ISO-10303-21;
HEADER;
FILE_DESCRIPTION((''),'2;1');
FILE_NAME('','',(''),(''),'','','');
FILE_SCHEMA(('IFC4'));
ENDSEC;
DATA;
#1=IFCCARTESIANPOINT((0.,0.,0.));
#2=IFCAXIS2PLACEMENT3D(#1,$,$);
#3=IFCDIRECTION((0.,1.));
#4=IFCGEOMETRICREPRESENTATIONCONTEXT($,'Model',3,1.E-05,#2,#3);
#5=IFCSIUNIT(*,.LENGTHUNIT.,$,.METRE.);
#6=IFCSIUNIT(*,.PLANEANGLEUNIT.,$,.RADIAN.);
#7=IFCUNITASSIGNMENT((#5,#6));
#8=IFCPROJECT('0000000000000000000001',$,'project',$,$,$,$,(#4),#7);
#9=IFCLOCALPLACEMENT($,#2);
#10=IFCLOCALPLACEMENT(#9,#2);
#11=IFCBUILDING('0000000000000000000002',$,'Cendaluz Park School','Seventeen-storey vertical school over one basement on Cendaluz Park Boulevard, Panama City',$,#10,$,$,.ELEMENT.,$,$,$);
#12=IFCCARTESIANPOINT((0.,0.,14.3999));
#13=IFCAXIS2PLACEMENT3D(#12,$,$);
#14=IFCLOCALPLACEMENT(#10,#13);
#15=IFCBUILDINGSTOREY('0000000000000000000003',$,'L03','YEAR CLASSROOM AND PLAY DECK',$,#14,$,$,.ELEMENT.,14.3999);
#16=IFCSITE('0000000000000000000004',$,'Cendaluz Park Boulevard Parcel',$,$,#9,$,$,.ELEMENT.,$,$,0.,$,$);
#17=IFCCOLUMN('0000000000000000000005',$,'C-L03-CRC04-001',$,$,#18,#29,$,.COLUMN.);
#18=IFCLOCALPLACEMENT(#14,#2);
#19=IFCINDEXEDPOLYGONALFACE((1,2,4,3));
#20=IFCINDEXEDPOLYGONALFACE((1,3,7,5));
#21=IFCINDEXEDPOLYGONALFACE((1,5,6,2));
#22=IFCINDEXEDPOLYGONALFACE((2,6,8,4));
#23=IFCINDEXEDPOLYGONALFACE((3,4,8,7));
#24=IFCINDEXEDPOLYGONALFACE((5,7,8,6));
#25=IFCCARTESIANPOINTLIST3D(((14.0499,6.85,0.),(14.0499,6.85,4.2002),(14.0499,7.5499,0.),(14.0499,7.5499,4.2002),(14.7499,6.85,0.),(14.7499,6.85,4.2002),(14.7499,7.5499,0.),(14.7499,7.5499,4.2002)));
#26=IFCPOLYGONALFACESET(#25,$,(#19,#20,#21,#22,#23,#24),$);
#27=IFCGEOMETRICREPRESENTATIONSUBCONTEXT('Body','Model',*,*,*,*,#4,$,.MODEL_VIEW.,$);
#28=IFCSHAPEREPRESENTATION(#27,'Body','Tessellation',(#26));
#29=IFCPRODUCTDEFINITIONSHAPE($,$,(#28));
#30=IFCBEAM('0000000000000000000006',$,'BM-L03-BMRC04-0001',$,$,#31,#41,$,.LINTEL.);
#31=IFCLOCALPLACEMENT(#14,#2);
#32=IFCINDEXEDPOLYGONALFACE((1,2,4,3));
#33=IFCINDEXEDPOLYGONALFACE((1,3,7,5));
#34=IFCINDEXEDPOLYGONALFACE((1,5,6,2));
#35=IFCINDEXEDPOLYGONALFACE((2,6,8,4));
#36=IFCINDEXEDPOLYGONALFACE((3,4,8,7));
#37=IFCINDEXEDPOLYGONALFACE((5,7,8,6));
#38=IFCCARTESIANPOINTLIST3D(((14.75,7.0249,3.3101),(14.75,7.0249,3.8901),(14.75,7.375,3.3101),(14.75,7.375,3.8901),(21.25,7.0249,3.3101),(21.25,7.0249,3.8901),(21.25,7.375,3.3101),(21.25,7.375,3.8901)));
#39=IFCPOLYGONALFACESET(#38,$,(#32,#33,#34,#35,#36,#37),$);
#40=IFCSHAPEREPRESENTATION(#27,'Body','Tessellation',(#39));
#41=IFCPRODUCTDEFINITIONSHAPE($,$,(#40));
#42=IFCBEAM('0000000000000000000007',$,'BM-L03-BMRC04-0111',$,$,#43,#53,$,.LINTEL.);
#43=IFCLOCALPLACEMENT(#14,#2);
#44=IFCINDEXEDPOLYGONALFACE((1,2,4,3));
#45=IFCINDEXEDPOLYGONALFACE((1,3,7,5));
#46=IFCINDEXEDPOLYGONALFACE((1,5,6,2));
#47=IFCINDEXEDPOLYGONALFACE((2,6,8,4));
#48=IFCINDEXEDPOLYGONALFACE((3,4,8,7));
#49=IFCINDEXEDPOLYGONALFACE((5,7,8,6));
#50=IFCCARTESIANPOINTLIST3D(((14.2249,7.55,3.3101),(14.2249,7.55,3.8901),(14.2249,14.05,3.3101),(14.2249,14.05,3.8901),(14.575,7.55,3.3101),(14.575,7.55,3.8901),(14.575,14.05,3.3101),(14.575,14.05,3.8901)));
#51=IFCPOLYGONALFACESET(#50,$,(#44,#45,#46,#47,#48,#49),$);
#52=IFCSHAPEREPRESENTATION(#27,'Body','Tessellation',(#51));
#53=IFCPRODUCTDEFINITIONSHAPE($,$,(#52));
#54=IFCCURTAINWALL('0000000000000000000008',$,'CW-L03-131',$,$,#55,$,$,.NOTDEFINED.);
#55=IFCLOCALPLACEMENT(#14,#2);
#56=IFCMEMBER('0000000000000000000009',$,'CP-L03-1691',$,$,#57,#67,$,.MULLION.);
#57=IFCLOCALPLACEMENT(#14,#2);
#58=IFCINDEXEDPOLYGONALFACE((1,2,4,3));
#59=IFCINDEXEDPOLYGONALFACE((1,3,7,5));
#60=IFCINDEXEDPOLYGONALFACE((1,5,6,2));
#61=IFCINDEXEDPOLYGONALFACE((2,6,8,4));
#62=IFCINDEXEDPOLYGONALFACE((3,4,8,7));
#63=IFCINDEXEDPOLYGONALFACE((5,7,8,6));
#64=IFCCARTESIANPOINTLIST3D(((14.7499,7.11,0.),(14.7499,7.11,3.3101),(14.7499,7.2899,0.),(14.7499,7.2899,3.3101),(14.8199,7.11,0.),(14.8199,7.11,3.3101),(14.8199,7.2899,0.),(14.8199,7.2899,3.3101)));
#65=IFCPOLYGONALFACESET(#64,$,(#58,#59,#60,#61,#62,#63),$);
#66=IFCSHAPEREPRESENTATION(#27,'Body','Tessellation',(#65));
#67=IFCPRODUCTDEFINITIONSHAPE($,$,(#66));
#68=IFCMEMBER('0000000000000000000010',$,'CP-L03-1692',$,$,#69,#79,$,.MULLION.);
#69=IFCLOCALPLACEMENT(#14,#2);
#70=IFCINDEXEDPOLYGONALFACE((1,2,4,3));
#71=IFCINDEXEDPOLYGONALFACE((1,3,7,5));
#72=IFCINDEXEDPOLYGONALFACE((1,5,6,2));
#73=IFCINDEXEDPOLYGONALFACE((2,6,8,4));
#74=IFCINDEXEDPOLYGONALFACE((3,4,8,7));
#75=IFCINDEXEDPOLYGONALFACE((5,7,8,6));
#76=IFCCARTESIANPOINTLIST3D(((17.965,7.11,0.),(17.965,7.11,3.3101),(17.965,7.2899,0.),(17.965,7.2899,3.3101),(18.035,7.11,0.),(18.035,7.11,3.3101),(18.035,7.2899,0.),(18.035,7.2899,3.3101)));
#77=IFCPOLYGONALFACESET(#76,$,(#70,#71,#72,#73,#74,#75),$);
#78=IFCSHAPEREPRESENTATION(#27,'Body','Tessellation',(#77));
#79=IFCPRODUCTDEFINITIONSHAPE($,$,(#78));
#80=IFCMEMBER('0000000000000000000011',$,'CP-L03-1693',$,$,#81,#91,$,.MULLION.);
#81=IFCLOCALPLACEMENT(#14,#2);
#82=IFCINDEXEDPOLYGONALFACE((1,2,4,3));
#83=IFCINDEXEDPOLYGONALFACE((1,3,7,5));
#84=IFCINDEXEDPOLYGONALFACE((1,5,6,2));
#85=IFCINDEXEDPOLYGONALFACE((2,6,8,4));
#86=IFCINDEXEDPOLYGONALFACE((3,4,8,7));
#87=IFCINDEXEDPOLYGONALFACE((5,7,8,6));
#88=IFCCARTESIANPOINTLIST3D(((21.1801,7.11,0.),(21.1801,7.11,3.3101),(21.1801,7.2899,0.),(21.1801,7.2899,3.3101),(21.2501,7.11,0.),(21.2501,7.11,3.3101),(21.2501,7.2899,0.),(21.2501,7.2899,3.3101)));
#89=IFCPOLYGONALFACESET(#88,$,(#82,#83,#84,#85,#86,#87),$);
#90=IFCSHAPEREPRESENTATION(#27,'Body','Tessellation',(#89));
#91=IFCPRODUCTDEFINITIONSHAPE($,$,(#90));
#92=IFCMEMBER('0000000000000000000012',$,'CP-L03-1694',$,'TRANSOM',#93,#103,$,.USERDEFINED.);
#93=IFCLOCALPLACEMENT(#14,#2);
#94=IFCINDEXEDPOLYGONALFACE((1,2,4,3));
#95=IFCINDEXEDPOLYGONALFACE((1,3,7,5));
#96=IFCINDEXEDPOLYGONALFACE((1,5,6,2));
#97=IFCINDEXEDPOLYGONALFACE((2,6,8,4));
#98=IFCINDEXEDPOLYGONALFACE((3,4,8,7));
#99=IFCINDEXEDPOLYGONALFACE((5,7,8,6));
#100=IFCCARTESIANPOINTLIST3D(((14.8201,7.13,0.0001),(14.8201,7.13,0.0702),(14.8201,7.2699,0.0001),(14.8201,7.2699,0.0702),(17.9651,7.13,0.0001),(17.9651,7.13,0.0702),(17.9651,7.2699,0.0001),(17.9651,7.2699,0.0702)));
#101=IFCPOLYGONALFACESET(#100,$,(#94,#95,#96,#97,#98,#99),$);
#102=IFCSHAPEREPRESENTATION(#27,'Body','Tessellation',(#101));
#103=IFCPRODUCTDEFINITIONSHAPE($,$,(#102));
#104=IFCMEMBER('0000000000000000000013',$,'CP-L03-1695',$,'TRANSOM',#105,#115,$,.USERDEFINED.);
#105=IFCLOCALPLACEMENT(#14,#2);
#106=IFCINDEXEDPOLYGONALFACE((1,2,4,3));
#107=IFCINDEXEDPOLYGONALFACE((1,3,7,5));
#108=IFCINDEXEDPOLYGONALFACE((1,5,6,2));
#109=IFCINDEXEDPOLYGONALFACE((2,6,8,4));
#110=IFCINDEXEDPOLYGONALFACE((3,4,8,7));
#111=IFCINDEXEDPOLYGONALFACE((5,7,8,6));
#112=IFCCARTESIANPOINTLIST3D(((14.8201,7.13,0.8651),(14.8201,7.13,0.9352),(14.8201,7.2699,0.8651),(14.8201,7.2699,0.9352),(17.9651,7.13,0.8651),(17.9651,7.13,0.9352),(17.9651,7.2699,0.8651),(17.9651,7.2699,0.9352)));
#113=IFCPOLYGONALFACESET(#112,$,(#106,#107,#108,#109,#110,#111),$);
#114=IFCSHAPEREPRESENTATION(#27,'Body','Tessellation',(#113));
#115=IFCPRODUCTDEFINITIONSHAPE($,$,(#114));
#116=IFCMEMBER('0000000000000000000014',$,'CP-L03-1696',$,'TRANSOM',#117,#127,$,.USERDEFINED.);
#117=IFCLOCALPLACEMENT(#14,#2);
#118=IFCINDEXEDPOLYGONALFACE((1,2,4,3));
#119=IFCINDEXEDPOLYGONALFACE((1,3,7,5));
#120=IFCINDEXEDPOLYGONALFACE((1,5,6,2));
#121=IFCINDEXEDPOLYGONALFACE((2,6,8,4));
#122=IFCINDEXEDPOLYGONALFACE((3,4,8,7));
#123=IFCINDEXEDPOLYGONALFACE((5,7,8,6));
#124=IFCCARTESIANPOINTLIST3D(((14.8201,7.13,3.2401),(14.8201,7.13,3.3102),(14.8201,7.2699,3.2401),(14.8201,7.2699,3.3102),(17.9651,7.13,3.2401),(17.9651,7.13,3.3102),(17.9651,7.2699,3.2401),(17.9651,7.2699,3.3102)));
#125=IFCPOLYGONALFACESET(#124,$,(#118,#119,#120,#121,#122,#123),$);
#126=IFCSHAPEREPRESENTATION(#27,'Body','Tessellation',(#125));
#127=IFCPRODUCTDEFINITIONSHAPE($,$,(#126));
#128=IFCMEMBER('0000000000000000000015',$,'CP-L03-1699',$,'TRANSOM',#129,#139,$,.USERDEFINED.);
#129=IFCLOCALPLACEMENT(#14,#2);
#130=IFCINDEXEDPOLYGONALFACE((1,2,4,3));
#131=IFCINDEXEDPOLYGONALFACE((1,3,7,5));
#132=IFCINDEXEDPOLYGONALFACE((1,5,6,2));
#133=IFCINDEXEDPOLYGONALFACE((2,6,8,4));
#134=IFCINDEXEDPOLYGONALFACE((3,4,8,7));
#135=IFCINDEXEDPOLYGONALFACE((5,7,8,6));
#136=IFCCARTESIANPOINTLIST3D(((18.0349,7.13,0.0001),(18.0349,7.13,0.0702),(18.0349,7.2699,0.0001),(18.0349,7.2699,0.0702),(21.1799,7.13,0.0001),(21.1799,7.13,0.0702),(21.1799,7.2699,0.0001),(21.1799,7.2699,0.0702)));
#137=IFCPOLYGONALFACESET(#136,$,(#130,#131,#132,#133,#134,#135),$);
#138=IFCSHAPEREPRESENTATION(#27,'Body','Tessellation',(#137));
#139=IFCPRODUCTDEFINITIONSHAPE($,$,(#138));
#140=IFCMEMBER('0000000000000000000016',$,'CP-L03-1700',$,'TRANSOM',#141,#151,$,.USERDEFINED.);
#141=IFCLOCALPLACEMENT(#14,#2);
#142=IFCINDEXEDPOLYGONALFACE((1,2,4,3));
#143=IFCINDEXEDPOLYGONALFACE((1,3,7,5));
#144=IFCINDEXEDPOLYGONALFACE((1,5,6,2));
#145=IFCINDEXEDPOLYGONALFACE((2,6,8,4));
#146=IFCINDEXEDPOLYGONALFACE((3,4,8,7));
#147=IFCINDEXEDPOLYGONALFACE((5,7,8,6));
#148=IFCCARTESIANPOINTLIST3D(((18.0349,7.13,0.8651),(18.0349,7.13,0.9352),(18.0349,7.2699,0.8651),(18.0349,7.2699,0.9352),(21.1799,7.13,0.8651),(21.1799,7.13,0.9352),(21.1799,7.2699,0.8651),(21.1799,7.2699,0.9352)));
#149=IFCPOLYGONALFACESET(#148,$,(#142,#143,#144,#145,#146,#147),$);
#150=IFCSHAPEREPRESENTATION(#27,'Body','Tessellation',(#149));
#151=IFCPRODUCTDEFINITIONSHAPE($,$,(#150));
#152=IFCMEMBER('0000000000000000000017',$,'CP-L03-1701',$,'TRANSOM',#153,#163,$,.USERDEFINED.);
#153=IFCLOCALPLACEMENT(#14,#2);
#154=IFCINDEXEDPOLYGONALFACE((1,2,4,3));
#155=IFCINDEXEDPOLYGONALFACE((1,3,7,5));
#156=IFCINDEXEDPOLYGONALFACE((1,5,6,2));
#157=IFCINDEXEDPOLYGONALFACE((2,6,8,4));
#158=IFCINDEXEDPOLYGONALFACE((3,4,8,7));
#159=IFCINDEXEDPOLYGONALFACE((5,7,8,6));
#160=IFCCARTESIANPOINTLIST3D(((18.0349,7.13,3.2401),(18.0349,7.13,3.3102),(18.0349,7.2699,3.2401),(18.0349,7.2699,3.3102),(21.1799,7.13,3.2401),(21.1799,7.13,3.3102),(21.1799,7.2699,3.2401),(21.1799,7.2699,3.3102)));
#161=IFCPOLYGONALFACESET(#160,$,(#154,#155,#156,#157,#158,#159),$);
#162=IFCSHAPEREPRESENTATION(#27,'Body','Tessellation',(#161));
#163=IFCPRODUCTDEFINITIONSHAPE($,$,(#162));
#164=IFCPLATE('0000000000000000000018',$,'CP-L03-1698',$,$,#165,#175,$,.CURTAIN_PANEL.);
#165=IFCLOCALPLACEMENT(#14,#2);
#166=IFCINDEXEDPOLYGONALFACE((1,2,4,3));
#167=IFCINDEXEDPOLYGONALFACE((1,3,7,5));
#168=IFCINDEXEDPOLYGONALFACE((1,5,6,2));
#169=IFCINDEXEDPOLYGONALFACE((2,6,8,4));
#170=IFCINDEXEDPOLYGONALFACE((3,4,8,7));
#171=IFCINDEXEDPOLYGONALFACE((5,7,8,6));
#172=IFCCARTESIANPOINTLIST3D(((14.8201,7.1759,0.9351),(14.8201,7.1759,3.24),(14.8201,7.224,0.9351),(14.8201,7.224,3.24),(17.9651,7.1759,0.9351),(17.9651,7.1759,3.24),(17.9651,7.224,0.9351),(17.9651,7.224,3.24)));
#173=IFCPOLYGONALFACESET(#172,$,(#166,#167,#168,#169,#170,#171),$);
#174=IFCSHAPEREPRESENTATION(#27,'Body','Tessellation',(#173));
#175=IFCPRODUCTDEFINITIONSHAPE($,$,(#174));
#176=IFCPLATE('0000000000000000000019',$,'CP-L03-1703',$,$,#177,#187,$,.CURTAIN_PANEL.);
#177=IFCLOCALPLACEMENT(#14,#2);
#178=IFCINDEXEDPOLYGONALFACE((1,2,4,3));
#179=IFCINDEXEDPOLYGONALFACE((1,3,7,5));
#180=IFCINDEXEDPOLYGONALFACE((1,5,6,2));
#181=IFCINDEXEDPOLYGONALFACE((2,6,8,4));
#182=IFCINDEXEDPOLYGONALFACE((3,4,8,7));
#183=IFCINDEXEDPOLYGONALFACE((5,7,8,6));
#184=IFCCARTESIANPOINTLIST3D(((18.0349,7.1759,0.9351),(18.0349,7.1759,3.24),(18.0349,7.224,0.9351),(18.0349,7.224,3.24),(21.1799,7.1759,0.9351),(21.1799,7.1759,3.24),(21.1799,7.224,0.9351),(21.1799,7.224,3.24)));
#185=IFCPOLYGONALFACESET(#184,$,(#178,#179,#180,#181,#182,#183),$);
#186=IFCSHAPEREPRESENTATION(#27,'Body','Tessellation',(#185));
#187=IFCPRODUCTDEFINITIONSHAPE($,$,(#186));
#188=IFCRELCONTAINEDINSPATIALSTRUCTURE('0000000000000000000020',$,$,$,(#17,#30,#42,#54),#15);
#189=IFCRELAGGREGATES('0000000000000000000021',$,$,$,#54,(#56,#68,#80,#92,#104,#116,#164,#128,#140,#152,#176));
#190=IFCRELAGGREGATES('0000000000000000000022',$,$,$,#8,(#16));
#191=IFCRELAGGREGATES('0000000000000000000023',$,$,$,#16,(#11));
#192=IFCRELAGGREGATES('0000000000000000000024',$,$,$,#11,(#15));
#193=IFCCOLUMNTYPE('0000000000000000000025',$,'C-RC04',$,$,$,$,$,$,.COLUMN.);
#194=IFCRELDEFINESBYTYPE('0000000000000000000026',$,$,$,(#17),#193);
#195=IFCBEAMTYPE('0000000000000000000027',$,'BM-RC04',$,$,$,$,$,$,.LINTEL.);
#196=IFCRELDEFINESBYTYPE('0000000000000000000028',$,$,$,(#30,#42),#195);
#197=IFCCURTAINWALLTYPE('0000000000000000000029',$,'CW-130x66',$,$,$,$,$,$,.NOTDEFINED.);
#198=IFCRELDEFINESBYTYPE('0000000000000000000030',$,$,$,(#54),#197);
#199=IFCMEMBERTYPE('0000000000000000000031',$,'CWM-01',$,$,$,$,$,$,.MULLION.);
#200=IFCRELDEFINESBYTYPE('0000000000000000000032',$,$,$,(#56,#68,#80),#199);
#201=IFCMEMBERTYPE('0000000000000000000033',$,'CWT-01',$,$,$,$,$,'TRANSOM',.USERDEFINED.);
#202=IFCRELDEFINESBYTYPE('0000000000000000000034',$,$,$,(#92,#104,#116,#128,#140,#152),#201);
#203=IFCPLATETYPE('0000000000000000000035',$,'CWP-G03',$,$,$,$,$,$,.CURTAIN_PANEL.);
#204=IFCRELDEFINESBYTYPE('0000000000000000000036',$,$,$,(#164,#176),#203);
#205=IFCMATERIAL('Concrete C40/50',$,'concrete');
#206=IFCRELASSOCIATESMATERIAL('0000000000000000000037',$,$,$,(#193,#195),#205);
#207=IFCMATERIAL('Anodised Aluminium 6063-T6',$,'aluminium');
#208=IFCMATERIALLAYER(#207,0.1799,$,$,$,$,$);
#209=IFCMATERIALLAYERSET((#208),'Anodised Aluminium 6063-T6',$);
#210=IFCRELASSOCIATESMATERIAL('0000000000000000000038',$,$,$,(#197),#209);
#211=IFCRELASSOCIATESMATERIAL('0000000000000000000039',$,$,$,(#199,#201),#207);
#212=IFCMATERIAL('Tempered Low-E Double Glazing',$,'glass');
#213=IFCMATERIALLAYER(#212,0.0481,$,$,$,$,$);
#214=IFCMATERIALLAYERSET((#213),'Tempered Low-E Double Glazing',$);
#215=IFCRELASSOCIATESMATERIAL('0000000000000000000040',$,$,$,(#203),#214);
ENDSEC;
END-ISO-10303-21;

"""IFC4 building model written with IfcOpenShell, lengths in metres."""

from ifc_helpers import new_model, si_unit, direction, frame, origin, origin_2d, place, context, subcontext, project, spatial, rectangle, extrude, material, layer, layer_set, material_profile, profile_set, type_object, element, aggregate, save


model = new_model("IFC4")

# Units and contexts
model_context = context("Model", 3, precision=1e-05, world=origin(), true_north=direction((0.0, 1.0)))
body_context = subcontext(model_context, "Body", "Model", "MODEL_VIEW")
ifc_project = project(units=[si_unit("LENGTHUNIT", "METRE"), si_unit("PLANEANGLEUNIT", "RADIAN")], contexts=[model_context])

# Site, building, storey
site_placement = place(None, origin())
site = spatial("IfcSite", under=ifc_project, at=site_placement, Name="Cendaluz Park Boulevard Parcel", CompositionType="ELEMENT", RefElevation=0.0)
building_placement = place(site_placement, origin())
building = spatial("IfcBuilding", under=site, at=building_placement, Name="Cendaluz Park School", Description="Seventeen-storey vertical school over one basement on Cendaluz Park Boulevard, Panama City", CompositionType="ELEMENT")
storey_placement = place(building_placement, frame((0.0, 0.0, 14.3999)))
storey = spatial("IfcBuildingStorey", under=building, at=storey_placement, Name="L03", Description="YEAR CLASSROOM AND PLAY DECK", CompositionType="ELEMENT", Elevation=14.3999)

# Column
ifc_material_1 = material(Name="Concrete C40/50", Category="concrete")
ifc_material_profile_1 = material_profile(ifc_material_1, rectangle(XDim=0.7, YDim=0.7, at=origin_2d()), Name="RC 700x700", Category="concrete")
ifc_profile_set_1 = profile_set([ifc_material_profile_1], Name="Concrete C40/50")
column_type = type_object("IfcColumnType", Name="C-RC04", PredefinedType="COLUMN", material=ifc_profile_set_1)
column_placement = place(storey_placement, frame((14.3999, 7.2, 0.0), z_axis=(0.0, 0.0, 1.0), x_axis=(1.0, 0.0, 0.0)))
element("IfcColumn", 1, at=column_placement, inside=storey, type_object=column_type, Name="C-L03-CRC04-001", PredefinedType="COLUMN", context=body_context, shape_type="SweptSolid", body=[
    extrude(rectangle(XDim=0.7, YDim=0.7, at=origin_2d()), origin(), (0.0, 0.0, 1.0), 4.2002),
])

# Beams
ifc_material_profile_2 = material_profile(ifc_material_1, rectangle(XDim=0.3501, YDim=0.5801, at=origin_2d()), Name="RC 350x580", Category="concrete")
ifc_profile_set_2 = profile_set([ifc_material_profile_2], Name="Concrete C40/50")
beam_type = type_object("IfcBeamType", Name="BM-RC04", PredefinedType="LINTEL", material=ifc_profile_set_2)
for number, where, z_axis, x_axis, name in (
    (2, (14.75, 7.2, 3.6001), (1.0, 0.0, 0.0), (0.0, 1.0, 0.0), "BM-L03-BMRC04-0001"),
    (3, (14.3999, 7.55, 3.6001), (0.0, 1.0, 0.0), (-1.0, 0.0, 0.0), "BM-L03-BMRC04-0111"),
):
    element("IfcBeam", number, at=place(storey_placement, frame(where, z_axis=z_axis, x_axis=x_axis)), inside=storey, type_object=beam_type, Name=name, PredefinedType="LINTEL", context=body_context, shape_type="SweptSolid", body=[
        extrude(rectangle(XDim=0.3501, YDim=0.5801, at=origin_2d()), origin(), (0.0, 0.0, 1.0), 6.5),
    ])

# Curtain wall, members, plates
ifc_material_2 = material(Name="Anodised Aluminium 6063-T6", Category="aluminium")
ifc_layer_1 = layer(ifc_material_2, 0.1799)
ifc_layer_set_1 = layer_set([ifc_layer_1], Name="Anodised Aluminium 6063-T6")
curtain_wall_type = type_object("IfcCurtainWallType", Name="CW-130x66", PredefinedType="NOTDEFINED", material=ifc_layer_set_1)
curtain_wall_placement = place(storey_placement, origin())
curtain_wall = element("IfcCurtainWall", 4, at=curtain_wall_placement, inside=storey, type_object=curtain_wall_type, Name="CW-L03-131", PredefinedType="NOTDEFINED")
ifc_material_profile_3 = material_profile(ifc_material_2, rectangle(XDim=0.1799, YDim=0.0701, at=origin_2d()), Name="CWM 180x70", Category="aluminium")
ifc_profile_set_3 = profile_set([ifc_material_profile_3], Name="Anodised Aluminium 6063-T6")
member_type_1 = type_object("IfcMemberType", Name="CWM-01", PredefinedType="MULLION", material=ifc_profile_set_3)
member_1_placement = place(storey_placement, frame((14.7849, 7.2, 0.0), z_axis=(0.0, 0.0, 1.0), x_axis=(0.0, 1.0, 0.0)))
member_1 = element("IfcMember", 5, at=member_1_placement, type_object=member_type_1, Name="CP-L03-1691", PredefinedType="MULLION", context=body_context, shape_type="SweptSolid", body=[
    extrude(rectangle(XDim=0.1799, YDim=0.0701, at=origin_2d()), origin(), (0.0, 0.0, 1.0), 3.3101),
])
member_2_placement = place(storey_placement, frame((18.0, 7.2, 0.0), z_axis=(0.0, 0.0, 1.0), x_axis=(0.0, 1.0, 0.0)))
member_2 = element("IfcMember", 6, at=member_2_placement, type_object=member_type_1, Name="CP-L03-1692", PredefinedType="MULLION", context=body_context, shape_type="SweptSolid", body=[
    extrude(rectangle(XDim=0.1799, YDim=0.0701, at=origin_2d()), origin(), (0.0, 0.0, 1.0), 3.3101),
])
member_3_placement = place(storey_placement, frame((21.2151, 7.2, 0.0), z_axis=(0.0, 0.0, 1.0), x_axis=(0.0, 1.0, 0.0)))
member_3 = element("IfcMember", 7, at=member_3_placement, type_object=member_type_1, Name="CP-L03-1693", PredefinedType="MULLION", context=body_context, shape_type="SweptSolid", body=[
    extrude(rectangle(XDim=0.1799, YDim=0.0701, at=origin_2d()), origin(), (0.0, 0.0, 1.0), 3.3101),
])
ifc_material_profile_4 = material_profile(ifc_material_2, rectangle(XDim=0.1399, YDim=0.0701, at=origin_2d()), Name="CWT 140x70", Category="aluminium")
ifc_profile_set_4 = profile_set([ifc_material_profile_4], Name="Anodised Aluminium 6063-T6")
member_type_2 = type_object("IfcMemberType", Name="CWT-01", ElementType="TRANSOM", PredefinedType="USERDEFINED", material=ifc_profile_set_4)
member_4_placement = place(storey_placement, frame((14.8201, 7.2, 0.0352), z_axis=(1.0, 0.0, 0.0), x_axis=(0.0, 1.0, 0.0)))
member_4 = element("IfcMember", 8, at=member_4_placement, type_object=member_type_2, Name="CP-L03-1694", ObjectType="TRANSOM", PredefinedType="USERDEFINED", context=body_context, shape_type="SweptSolid", body=[
    extrude(rectangle(XDim=0.1399, YDim=0.0701, at=origin_2d()), origin(), (0.0, 0.0, 1.0), 3.145),
])
member_5_placement = place(storey_placement, frame((14.8201, 7.2, 0.9001), z_axis=(1.0, 0.0, 0.0), x_axis=(0.0, 1.0, 0.0)))
member_5 = element("IfcMember", 9, at=member_5_placement, type_object=member_type_2, Name="CP-L03-1695", ObjectType="TRANSOM", PredefinedType="USERDEFINED", context=body_context, shape_type="SweptSolid", body=[
    extrude(rectangle(XDim=0.1399, YDim=0.0701, at=origin_2d()), origin(), (0.0, 0.0, 1.0), 3.145),
])
member_6_placement = place(storey_placement, frame((14.8201, 7.2, 3.2751), z_axis=(1.0, 0.0, 0.0), x_axis=(0.0, 1.0, 0.0)))
member_6 = element("IfcMember", 10, at=member_6_placement, type_object=member_type_2, Name="CP-L03-1696", ObjectType="TRANSOM", PredefinedType="USERDEFINED", context=body_context, shape_type="SweptSolid", body=[
    extrude(rectangle(XDim=0.1399, YDim=0.0701, at=origin_2d()), origin(), (0.0, 0.0, 1.0), 3.145),
])
member_7_placement = place(storey_placement, frame((18.0349, 7.2, 0.0352), z_axis=(1.0, 0.0, 0.0), x_axis=(0.0, 1.0, 0.0)))
member_7 = element("IfcMember", 11, at=member_7_placement, type_object=member_type_2, Name="CP-L03-1699", ObjectType="TRANSOM", PredefinedType="USERDEFINED", context=body_context, shape_type="SweptSolid", body=[
    extrude(rectangle(XDim=0.1399, YDim=0.0701, at=origin_2d()), origin(), (0.0, 0.0, 1.0), 3.145),
])
member_8_placement = place(storey_placement, frame((18.0349, 7.2, 0.9001), z_axis=(1.0, 0.0, 0.0), x_axis=(0.0, 1.0, 0.0)))
member_8 = element("IfcMember", 12, at=member_8_placement, type_object=member_type_2, Name="CP-L03-1700", ObjectType="TRANSOM", PredefinedType="USERDEFINED", context=body_context, shape_type="SweptSolid", body=[
    extrude(rectangle(XDim=0.1399, YDim=0.0701, at=origin_2d()), origin(), (0.0, 0.0, 1.0), 3.145),
])
member_9_placement = place(storey_placement, frame((18.0349, 7.2, 3.2751), z_axis=(1.0, 0.0, 0.0), x_axis=(0.0, 1.0, 0.0)))
member_9 = element("IfcMember", 13, at=member_9_placement, type_object=member_type_2, Name="CP-L03-1701", ObjectType="TRANSOM", PredefinedType="USERDEFINED", context=body_context, shape_type="SweptSolid", body=[
    extrude(rectangle(XDim=0.1399, YDim=0.0701, at=origin_2d()), origin(), (0.0, 0.0, 1.0), 3.145),
])
ifc_material_3 = material(Name="Tempered Low-E Double Glazing", Category="glass")
ifc_layer_2 = layer(ifc_material_3, 0.0481)
ifc_layer_set_2 = layer_set([ifc_layer_2], Name="Tempered Low-E Double Glazing")
plate_type_1 = type_object("IfcPlateType", Name="CWP-G03", PredefinedType="CURTAIN_PANEL", material=ifc_layer_set_2)
plate_1_placement = place(storey_placement, frame((16.3926, 7.2, 0.9351), z_axis=(0.0, 0.0, 1.0), x_axis=(1.0, 0.0, 0.0)))
plate_1 = element("IfcPlate", 14, at=plate_1_placement, type_object=plate_type_1, Name="CP-L03-1698", PredefinedType="CURTAIN_PANEL", context=body_context, shape_type="SweptSolid", body=[
    extrude(rectangle(XDim=3.145, YDim=0.0481, at=origin_2d()), origin(), (0.0, 0.0, 1.0), 2.3049),
])
plate_2_placement = place(storey_placement, frame((19.6074, 7.2, 0.9351), z_axis=(0.0, 0.0, 1.0), x_axis=(1.0, 0.0, 0.0)))
plate_2 = element("IfcPlate", 15, at=plate_2_placement, type_object=plate_type_1, Name="CP-L03-1703", PredefinedType="CURTAIN_PANEL", context=body_context, shape_type="SweptSolid", body=[
    extrude(rectangle(XDim=3.145, YDim=0.0481, at=origin_2d()), origin(), (0.0, 0.0, 1.0), 2.3049),
])
aggregate(curtain_wall, [member_1, member_2, member_3, member_4, member_5, member_6, plate_1, member_7, member_8, member_9, plate_2])

save(model, "model.ifc")
